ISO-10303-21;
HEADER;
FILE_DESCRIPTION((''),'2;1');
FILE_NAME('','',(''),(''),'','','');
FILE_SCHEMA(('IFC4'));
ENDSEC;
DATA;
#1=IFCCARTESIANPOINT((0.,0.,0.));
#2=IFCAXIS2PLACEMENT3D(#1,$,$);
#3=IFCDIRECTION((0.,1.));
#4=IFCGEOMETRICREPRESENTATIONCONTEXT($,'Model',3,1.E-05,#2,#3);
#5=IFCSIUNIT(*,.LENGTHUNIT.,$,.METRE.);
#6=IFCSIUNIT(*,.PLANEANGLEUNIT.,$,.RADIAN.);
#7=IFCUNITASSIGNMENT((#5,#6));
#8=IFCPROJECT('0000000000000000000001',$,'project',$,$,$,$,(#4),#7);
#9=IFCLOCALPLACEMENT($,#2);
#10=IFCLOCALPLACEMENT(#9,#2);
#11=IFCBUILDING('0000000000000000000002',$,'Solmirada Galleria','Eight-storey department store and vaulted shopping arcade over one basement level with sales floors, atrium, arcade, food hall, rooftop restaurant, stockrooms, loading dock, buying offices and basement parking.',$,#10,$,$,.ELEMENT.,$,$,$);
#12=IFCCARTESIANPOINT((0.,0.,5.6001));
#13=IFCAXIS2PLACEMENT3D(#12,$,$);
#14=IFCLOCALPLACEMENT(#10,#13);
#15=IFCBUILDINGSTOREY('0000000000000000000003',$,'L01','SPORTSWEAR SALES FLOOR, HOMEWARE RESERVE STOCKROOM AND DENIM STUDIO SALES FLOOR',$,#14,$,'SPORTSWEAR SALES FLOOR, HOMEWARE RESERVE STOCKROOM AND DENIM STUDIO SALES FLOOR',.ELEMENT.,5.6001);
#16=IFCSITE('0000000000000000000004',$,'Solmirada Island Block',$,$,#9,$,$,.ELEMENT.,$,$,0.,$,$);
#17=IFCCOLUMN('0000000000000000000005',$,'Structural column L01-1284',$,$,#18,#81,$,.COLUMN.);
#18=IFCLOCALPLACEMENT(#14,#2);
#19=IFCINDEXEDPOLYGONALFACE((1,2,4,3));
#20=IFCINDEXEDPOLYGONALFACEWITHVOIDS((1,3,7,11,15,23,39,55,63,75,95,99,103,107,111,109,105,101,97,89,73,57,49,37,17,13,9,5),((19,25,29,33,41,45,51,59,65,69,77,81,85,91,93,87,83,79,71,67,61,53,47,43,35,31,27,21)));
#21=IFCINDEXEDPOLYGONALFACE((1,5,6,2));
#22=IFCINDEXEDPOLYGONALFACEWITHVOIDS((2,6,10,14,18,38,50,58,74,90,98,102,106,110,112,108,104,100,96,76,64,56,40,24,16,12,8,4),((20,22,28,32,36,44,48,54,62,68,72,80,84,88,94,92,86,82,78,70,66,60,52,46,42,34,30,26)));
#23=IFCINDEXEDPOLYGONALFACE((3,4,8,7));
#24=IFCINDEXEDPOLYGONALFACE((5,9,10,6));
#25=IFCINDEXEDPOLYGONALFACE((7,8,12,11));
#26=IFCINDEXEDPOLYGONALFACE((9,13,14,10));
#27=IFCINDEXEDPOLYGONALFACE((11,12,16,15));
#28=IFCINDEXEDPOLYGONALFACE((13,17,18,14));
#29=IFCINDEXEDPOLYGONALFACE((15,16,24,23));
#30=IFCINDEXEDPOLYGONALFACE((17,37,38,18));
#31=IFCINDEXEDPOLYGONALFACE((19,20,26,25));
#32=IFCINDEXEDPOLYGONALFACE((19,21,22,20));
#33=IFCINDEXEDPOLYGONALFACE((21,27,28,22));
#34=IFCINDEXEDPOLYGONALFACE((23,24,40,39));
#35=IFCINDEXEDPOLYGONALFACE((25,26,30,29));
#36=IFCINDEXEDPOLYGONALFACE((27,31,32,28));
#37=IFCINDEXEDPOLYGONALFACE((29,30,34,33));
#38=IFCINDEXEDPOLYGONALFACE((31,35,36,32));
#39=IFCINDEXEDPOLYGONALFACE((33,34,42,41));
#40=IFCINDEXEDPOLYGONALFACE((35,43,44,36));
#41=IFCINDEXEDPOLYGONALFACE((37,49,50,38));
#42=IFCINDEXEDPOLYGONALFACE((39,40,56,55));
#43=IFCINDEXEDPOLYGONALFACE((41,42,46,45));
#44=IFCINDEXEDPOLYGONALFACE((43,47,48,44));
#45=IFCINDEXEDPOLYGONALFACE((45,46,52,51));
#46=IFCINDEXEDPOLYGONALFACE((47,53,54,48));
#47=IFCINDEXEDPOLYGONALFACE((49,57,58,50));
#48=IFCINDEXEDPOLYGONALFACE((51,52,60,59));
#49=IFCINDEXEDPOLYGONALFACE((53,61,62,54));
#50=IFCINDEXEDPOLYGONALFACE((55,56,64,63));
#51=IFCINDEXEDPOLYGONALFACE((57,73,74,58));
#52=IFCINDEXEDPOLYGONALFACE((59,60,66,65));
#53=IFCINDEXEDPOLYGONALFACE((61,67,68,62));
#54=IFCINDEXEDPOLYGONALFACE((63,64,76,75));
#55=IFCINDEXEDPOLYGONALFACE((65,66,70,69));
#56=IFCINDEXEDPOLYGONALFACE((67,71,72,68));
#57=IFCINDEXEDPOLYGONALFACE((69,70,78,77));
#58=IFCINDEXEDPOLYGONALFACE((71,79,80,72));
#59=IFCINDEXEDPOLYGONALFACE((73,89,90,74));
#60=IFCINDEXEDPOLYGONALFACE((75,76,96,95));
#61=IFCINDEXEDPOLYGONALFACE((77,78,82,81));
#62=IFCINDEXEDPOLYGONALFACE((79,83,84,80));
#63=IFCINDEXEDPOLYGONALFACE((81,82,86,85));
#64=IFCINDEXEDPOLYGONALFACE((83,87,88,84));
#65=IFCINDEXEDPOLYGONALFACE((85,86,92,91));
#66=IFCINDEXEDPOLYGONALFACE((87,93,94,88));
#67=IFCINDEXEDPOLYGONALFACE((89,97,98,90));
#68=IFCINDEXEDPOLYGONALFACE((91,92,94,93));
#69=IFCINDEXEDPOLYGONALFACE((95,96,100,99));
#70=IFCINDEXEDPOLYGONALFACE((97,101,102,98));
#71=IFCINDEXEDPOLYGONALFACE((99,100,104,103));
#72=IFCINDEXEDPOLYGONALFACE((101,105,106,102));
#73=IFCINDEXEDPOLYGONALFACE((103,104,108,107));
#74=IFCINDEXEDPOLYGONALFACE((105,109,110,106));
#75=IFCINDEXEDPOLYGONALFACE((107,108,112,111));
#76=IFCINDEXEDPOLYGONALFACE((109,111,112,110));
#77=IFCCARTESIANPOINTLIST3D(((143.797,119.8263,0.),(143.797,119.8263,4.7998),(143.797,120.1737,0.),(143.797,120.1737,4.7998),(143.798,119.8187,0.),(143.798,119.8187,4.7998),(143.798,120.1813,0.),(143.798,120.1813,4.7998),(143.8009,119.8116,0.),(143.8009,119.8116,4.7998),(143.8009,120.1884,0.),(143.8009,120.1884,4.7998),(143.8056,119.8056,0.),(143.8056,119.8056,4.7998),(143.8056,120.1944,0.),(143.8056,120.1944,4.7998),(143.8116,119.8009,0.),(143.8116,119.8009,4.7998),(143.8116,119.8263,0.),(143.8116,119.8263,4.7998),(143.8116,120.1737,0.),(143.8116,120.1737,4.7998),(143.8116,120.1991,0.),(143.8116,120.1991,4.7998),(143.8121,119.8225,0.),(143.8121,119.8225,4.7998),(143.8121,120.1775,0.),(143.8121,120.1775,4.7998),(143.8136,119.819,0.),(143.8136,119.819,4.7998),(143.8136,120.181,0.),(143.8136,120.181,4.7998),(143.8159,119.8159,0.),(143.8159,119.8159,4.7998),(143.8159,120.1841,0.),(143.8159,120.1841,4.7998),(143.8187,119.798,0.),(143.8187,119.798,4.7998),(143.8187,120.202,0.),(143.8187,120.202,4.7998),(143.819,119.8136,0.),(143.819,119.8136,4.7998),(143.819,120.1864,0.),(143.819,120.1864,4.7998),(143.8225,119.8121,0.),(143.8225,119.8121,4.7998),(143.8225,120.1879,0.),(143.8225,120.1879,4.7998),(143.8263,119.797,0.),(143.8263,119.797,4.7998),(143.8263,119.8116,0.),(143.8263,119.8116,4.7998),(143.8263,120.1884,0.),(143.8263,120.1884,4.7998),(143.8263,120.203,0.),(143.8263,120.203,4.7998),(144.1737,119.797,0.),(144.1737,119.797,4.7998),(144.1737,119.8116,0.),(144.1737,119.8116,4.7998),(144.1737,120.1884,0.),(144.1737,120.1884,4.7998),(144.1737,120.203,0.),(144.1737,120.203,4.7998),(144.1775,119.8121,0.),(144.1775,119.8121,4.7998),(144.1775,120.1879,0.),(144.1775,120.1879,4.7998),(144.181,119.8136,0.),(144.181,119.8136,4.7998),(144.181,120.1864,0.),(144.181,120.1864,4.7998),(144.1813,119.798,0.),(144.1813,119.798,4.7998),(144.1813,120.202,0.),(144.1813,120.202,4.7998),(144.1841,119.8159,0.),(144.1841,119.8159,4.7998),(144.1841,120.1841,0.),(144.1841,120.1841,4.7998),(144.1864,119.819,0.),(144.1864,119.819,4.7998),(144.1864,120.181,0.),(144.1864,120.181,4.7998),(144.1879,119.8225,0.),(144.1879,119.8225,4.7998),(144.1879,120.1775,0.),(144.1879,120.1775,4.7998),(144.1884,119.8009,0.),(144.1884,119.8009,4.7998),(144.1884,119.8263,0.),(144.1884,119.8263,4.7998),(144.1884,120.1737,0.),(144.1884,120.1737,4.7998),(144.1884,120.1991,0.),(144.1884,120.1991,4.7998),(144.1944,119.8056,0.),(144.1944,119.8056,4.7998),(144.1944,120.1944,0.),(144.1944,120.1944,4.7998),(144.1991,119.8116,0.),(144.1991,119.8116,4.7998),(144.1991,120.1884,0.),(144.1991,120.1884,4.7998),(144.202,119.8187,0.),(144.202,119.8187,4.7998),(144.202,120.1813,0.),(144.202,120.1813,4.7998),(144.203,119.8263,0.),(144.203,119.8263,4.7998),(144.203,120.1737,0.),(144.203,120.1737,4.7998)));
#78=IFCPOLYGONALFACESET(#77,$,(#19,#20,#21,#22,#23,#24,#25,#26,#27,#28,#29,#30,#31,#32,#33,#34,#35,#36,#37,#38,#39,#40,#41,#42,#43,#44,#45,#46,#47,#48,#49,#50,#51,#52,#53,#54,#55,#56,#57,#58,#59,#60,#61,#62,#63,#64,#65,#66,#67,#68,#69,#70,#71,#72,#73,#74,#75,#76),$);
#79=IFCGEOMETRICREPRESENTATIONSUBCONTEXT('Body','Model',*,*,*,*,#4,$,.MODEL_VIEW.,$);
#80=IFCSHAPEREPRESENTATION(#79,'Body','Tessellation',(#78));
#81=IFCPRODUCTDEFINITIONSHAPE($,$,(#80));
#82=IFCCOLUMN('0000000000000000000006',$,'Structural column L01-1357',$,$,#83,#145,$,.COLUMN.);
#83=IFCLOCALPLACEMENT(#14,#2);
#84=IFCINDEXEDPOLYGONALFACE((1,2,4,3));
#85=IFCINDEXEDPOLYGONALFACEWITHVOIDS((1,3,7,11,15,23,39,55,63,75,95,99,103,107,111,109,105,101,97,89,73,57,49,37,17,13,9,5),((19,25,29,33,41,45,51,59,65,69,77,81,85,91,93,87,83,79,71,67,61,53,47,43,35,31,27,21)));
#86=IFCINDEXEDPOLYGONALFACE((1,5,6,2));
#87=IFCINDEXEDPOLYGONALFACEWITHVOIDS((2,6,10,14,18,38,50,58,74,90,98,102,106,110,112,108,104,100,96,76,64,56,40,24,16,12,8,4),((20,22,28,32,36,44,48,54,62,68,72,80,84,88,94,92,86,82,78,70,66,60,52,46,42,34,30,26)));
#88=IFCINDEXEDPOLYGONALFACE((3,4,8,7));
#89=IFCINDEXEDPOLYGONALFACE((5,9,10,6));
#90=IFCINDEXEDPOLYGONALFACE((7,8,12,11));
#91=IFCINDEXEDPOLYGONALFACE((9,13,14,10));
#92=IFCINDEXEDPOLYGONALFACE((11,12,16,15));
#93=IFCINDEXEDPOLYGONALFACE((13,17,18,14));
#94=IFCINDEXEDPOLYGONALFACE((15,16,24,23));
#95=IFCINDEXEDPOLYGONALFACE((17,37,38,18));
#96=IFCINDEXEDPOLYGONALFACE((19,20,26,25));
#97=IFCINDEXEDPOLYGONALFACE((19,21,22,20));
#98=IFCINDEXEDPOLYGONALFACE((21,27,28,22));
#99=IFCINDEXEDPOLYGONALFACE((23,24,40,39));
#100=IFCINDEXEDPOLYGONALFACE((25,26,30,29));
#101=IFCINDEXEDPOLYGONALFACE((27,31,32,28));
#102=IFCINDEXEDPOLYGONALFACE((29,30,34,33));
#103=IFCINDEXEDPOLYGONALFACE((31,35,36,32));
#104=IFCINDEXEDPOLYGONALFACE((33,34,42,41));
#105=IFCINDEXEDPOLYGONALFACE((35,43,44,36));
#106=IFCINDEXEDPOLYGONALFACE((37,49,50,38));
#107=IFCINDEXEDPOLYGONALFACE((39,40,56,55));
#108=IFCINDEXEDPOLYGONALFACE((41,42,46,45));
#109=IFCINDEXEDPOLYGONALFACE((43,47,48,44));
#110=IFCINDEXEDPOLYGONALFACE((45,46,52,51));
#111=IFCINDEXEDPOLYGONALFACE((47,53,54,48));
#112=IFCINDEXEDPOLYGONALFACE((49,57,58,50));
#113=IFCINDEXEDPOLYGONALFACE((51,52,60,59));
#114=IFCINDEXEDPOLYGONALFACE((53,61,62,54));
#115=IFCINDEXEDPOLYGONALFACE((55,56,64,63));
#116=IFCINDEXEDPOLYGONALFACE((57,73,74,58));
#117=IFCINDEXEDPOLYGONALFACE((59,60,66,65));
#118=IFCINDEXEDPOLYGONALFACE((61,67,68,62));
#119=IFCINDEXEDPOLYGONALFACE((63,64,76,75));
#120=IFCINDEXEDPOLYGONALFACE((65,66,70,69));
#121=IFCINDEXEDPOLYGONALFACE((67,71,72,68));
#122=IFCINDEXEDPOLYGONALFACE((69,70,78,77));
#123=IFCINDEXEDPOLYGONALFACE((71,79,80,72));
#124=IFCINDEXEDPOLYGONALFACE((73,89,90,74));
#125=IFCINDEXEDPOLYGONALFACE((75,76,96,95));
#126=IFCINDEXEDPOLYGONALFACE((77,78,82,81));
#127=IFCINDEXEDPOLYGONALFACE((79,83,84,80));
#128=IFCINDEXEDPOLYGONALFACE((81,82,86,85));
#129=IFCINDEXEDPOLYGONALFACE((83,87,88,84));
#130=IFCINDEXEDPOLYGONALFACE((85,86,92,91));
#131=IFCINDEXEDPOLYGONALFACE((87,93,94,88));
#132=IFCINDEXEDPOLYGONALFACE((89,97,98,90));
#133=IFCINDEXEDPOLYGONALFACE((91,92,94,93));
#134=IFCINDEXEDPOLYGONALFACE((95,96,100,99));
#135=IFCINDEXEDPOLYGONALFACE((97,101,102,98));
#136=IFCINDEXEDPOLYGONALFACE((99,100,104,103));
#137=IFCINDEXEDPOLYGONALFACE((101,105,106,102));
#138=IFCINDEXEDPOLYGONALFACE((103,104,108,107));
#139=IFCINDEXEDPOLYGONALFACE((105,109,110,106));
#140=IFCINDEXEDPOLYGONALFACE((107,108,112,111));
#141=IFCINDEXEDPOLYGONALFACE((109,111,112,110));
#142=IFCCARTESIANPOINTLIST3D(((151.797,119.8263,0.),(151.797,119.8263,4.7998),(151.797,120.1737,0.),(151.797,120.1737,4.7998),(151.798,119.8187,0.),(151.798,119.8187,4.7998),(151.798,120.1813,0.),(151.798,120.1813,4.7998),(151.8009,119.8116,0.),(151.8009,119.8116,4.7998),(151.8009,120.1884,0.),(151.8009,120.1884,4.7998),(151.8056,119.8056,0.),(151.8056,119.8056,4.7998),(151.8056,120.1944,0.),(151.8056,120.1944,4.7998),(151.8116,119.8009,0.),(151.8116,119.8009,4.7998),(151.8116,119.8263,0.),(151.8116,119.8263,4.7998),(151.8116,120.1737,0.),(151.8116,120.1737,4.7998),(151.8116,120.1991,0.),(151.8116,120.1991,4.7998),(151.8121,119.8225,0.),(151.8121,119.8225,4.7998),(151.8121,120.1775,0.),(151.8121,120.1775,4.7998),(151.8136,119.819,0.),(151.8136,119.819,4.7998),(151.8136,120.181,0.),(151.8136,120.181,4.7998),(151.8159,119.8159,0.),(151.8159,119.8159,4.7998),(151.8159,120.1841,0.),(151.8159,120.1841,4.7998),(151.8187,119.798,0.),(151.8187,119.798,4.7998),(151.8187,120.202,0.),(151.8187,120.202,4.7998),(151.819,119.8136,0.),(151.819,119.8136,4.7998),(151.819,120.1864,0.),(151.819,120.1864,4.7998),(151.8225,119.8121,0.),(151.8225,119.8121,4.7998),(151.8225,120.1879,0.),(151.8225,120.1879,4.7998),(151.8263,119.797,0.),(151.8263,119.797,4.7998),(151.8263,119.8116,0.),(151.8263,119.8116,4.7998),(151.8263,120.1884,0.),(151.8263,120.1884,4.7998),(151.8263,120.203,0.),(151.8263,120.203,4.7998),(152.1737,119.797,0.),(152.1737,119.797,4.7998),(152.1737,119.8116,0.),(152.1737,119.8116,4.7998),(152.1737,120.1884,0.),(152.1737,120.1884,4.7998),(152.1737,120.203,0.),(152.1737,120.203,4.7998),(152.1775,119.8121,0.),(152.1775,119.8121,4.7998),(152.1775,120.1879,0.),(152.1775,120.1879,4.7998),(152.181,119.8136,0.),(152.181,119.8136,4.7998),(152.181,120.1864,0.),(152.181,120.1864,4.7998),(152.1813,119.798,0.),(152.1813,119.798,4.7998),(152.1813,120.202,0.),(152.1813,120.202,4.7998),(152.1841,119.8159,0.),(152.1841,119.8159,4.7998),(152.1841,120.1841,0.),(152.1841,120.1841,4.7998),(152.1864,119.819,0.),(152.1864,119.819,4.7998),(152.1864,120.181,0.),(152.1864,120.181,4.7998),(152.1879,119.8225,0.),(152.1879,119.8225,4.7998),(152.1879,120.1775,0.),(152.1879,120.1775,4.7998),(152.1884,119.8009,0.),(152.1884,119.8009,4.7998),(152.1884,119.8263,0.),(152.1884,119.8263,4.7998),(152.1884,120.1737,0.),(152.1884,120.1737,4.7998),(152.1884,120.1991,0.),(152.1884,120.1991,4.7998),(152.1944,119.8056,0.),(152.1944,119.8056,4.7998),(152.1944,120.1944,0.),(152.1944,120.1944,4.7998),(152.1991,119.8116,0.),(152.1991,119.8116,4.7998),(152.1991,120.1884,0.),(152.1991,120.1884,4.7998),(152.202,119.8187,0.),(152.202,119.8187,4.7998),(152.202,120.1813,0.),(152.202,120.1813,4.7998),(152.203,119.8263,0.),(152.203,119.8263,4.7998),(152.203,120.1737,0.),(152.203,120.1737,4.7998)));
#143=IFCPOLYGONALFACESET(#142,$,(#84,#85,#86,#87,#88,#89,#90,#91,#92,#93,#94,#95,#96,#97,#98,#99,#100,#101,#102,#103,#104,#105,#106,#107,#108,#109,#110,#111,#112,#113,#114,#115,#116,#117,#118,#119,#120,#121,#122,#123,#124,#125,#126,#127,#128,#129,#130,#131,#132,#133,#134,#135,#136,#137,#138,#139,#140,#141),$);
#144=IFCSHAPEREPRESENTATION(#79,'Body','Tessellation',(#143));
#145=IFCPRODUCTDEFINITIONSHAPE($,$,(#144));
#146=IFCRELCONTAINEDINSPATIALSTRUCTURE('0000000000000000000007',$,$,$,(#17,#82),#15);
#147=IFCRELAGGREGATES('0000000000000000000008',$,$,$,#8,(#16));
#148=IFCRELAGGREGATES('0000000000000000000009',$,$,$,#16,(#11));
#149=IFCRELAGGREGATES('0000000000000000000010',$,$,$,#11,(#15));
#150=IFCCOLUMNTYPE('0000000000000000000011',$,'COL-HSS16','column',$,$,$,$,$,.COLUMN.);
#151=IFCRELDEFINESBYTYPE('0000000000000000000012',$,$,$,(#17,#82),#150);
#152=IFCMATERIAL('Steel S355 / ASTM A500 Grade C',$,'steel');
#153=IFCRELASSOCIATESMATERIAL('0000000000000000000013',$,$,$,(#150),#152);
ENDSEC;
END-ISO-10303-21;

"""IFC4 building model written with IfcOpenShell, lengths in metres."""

from ifc_helpers import new_model, si_unit, direction, frame, origin, origin_2d, place, context, subcontext, project, spatial, hollow_rectangle, extrude, material, material_profile, profile_set, type_object, element, save


model = new_model("IFC4")

# Units and contexts
model_context = context("Model", 3, precision=1e-05, world=origin(), true_north=direction((0.0, 1.0)))
body_context = subcontext(model_context, "Body", "Model", "MODEL_VIEW")
ifc_project = project(units=[si_unit("LENGTHUNIT", "METRE"), si_unit("PLANEANGLEUNIT", "RADIAN")], contexts=[model_context])

# Site, building, storey
site_placement = place(None, origin())
site = spatial("IfcSite", under=ifc_project, at=site_placement, Name="Solmirada Island Block", CompositionType="ELEMENT", RefElevation=0.0)
building_placement = place(site_placement, origin())
building = spatial("IfcBuilding", under=site, at=building_placement, Name="Solmirada Galleria", Description="Eight-storey department store and vaulted shopping arcade over one basement level with sales floors, atrium, arcade, food hall, rooftop restaurant, stockrooms, loading dock, buying offices and basement parking.", CompositionType="ELEMENT")
storey_placement = place(building_placement, frame((0.0, 0.0, 5.6001)))
storey = spatial("IfcBuildingStorey", under=building, at=storey_placement, Name="L01", Description="SPORTSWEAR SALES FLOOR, HOMEWARE RESERVE STOCKROOM AND DENIM STUDIO SALES FLOOR", LongName="SPORTSWEAR SALES FLOOR, HOMEWARE RESERVE STOCKROOM AND DENIM STUDIO SALES FLOOR", CompositionType="ELEMENT", Elevation=5.6001)

# Columns
ifc_material_1 = material(Name="Steel S355 / ASTM A500 Grade C", Category="steel")
ifc_material_profile_1 = material_profile(ifc_material_1, hollow_rectangle(XDim=0.406, YDim=0.406, WallThickness=0.0146, InnerFilletRadius=0.0146, OuterFilletRadius=0.0293, at=origin_2d()), Name="HSS16X16X5/8")
ifc_profile_set_1 = profile_set([ifc_material_profile_1], Name="Steel S355 / ASTM A500 Grade C")
column_type = type_object("IfcColumnType", Name="COL-HSS16", Description="column", PredefinedType="COLUMN", material=ifc_profile_set_1)
for number, where, z_axis, x_axis, name in (
    (1, (144.0, 120.0, 0.0), (0.0, 0.0, 1.0), (1.0, 0.0, 0.0), "Structural column L01-1284"),
    (2, (152.0, 120.0, 0.0), (0.0, 0.0, 1.0), (1.0, 0.0, 0.0), "Structural column L01-1357"),
):
    element("IfcColumn", number, at=place(storey_placement, frame(where, z_axis=z_axis, x_axis=x_axis)), inside=storey, type_object=column_type, Name=name, PredefinedType="COLUMN", context=body_context, shape_type="SweptSolid", body=[
        extrude(hollow_rectangle(XDim=0.406, YDim=0.406, WallThickness=0.0146, InnerFilletRadius=0.0146, OuterFilletRadius=0.0293, at=origin_2d()), origin(), (0.0, 0.0, 1.0), 4.7998),
    ])

save(model, "model.ifc")
